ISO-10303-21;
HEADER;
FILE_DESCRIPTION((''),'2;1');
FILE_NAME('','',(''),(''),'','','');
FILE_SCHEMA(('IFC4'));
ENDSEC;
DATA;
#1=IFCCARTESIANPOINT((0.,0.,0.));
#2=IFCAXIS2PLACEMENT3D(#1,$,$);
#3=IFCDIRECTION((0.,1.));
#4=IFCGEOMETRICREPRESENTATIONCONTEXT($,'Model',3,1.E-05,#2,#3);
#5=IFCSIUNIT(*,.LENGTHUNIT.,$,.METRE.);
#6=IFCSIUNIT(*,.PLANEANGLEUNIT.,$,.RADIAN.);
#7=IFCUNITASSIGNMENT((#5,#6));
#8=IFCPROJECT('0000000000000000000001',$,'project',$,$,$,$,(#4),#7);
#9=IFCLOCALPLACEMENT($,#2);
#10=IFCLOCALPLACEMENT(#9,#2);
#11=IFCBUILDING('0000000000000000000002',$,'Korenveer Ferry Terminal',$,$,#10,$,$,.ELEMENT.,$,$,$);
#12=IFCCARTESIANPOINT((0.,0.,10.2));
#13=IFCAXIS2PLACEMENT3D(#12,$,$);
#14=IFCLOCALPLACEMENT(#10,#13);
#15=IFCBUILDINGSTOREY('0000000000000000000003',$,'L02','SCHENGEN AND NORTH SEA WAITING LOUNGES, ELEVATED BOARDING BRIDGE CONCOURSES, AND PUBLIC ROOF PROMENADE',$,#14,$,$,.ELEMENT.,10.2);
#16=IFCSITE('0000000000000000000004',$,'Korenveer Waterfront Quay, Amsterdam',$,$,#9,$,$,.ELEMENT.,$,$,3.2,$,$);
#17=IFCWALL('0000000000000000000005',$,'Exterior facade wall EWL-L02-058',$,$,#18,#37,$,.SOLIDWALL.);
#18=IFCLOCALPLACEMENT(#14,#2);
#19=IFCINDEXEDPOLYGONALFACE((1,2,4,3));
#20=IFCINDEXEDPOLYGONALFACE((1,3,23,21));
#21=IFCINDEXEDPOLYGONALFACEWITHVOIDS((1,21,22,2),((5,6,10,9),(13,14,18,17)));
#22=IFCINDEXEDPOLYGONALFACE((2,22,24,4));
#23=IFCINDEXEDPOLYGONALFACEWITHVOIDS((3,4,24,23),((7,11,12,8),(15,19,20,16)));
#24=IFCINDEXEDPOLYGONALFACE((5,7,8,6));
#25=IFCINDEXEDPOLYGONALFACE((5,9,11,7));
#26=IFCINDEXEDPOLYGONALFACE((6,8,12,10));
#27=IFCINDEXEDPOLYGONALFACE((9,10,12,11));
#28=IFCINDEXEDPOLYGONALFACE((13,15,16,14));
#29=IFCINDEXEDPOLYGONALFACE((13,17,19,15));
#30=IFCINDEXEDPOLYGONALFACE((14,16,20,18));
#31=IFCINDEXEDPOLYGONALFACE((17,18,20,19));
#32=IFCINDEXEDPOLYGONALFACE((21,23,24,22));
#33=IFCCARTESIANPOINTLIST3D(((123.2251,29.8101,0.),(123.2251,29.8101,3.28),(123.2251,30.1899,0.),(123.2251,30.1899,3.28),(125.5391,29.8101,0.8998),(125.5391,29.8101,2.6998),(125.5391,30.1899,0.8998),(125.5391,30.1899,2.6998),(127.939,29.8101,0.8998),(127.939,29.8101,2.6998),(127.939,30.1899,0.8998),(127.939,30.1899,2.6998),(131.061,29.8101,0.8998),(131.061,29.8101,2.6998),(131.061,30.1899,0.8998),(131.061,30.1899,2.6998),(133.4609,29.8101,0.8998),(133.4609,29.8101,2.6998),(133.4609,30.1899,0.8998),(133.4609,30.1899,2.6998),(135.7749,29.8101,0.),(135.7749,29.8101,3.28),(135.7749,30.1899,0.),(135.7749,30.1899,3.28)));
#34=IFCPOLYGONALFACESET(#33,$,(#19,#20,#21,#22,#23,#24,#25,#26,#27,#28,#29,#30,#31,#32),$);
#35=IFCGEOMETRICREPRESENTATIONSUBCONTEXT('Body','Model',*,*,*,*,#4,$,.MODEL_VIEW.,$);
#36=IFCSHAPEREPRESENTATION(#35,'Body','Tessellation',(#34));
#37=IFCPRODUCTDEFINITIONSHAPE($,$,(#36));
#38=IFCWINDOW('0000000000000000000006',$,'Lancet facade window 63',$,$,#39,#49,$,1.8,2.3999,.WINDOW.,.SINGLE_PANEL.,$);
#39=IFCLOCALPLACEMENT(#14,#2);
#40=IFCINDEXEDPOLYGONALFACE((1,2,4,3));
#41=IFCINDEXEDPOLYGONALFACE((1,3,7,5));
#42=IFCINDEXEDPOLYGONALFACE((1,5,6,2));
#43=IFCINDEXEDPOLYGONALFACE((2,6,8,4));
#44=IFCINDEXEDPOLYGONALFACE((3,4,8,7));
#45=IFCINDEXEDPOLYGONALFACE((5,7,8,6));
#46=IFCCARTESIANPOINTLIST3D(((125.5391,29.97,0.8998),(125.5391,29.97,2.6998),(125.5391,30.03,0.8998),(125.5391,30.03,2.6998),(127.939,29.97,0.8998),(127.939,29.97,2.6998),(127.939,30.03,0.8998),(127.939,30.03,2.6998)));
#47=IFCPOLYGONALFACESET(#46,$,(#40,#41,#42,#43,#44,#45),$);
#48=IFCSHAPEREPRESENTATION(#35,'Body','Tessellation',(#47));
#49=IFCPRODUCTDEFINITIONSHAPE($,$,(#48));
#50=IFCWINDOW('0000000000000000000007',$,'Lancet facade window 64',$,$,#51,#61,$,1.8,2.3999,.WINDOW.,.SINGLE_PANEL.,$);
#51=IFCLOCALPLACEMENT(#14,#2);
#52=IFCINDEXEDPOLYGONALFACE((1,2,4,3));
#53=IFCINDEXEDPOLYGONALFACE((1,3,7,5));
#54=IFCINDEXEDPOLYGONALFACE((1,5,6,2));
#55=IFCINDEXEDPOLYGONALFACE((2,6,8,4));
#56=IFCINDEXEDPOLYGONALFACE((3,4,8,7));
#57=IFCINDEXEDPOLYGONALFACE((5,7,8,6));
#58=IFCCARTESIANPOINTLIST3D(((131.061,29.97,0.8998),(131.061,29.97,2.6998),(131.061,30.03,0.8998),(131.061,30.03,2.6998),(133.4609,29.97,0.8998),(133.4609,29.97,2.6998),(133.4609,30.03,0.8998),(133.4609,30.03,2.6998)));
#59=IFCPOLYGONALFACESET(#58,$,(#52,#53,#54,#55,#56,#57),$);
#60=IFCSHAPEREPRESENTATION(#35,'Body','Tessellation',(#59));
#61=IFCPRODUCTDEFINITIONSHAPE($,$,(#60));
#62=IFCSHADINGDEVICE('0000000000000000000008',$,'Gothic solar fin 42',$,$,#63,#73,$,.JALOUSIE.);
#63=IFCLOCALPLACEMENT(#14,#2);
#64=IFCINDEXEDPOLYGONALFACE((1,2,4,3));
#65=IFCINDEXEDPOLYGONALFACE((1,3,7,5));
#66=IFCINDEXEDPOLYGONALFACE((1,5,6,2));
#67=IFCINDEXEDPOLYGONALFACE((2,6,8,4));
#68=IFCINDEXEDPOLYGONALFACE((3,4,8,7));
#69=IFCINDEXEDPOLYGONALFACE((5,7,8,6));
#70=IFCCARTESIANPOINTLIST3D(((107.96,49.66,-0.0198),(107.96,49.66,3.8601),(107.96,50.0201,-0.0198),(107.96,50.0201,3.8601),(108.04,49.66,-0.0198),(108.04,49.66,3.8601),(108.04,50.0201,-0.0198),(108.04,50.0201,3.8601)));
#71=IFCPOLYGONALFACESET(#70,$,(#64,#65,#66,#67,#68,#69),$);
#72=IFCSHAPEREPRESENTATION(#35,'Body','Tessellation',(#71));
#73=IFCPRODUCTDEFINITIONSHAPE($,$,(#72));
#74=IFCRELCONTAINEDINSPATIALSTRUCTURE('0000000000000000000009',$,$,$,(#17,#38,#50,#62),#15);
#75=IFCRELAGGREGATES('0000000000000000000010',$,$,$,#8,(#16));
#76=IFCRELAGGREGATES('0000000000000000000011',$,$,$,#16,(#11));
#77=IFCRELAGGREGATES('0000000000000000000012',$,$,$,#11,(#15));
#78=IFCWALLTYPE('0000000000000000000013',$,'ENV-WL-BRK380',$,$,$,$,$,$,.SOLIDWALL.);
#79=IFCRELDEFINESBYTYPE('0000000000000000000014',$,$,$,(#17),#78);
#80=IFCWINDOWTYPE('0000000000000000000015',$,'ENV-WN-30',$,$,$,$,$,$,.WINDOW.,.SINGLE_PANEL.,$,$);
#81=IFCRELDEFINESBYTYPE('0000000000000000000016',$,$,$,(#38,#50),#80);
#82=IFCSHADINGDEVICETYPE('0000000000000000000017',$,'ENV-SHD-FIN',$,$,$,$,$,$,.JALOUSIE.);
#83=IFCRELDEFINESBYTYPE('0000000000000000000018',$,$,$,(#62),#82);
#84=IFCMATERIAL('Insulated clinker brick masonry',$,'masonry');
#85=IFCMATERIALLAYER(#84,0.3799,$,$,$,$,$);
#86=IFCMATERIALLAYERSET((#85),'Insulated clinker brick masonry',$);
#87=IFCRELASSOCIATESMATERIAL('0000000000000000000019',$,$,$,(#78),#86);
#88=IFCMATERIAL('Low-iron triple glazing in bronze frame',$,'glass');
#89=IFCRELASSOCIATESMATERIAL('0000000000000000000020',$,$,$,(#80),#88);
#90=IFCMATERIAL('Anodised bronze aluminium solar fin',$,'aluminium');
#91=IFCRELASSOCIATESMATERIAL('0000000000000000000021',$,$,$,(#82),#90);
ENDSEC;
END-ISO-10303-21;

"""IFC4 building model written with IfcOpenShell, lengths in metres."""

from ifc_helpers import new_model, si_unit, direction, frame, frame_2d, origin, origin_2d, place, context, subcontext, project, spatial, rectangle, extrude, material, layer, layer_set, type_object, element, fill, save


model = new_model("IFC4")

# Units and contexts
model_context = context("Model", 3, precision=1e-05, world=origin(), true_north=direction((0.0, 1.0)))
body_context = subcontext(model_context, "Body", "Model", "MODEL_VIEW")
ifc_project = project(units=[si_unit("LENGTHUNIT", "METRE"), si_unit("PLANEANGLEUNIT", "RADIAN")], contexts=[model_context])

# Site, building, storey
site_placement = place(None, origin())
site = spatial("IfcSite", under=ifc_project, at=site_placement, Name="Korenveer Waterfront Quay, Amsterdam", CompositionType="ELEMENT", RefElevation=3.2)
building_placement = place(site_placement, origin())
building = spatial("IfcBuilding", under=site, at=building_placement, Name="Korenveer Ferry Terminal", CompositionType="ELEMENT")
storey_placement = place(building_placement, frame((0.0, 0.0, 10.2)))
storey = spatial("IfcBuildingStorey", under=building, at=storey_placement, Name="L02", Description="SCHENGEN AND NORTH SEA WAITING LOUNGES, ELEVATED BOARDING BRIDGE CONCOURSES, AND PUBLIC ROOF PROMENADE", CompositionType="ELEMENT", Elevation=10.2)

# Wall, openings, windows
ifc_material_1 = material(Name="Insulated clinker brick masonry", Category="masonry")
ifc_layer_1 = layer(ifc_material_1, 0.3799)
ifc_layer_set_1 = layer_set([ifc_layer_1], Name="Insulated clinker brick masonry")
wall_type = type_object("IfcWallType", Name="ENV-WL-BRK380", PredefinedType="SOLIDWALL", material=ifc_layer_set_1)
wall_placement = place(storey_placement, frame((123.2251, 30.0, 0.0), z_axis=(0.0, 0.0, 1.0), x_axis=(1.0, 0.0, 0.0)))
wall = element("IfcWall", 1, at=wall_placement, inside=storey, type_object=wall_type, Name="Exterior facade wall EWL-L02-058", PredefinedType="SOLIDWALL", context=body_context, shape_type="SweptSolid", body=[
    extrude(rectangle(XDim=12.5498, YDim=0.3799, at=frame_2d((6.2749, 0.0))), origin(), (0.0, 0.0, 1.0), 3.28),
])
opening_1_placement = place(wall_placement, frame((2.314, 0.0, 0.8999)))
opening_1 = element("IfcOpeningElement", 2, at=opening_1_placement, cuts=wall, PredefinedType="OPENING", context=body_context, shape_type="SweptSolid", body=[
    extrude(rectangle(XDim=2.3999, YDim=1.8, at=frame_2d((1.2, 0.8999))), frame((0.0, 0.2, 0.0), z_axis=(0.0, -1.0, 0.0), x_axis=(1.0, 0.0, 0.0)), (0.0, 0.0, 1.0), 0.3999),
])
opening_2_placement = place(wall_placement, frame((7.8359, 0.0, 0.8999)))
opening_2 = element("IfcOpeningElement", 3, at=opening_2_placement, cuts=wall, PredefinedType="OPENING", context=body_context, shape_type="SweptSolid", body=[
    extrude(rectangle(XDim=2.3999, YDim=1.8, at=frame_2d((1.2, 0.8999))), frame((0.0, 0.2, 0.0), z_axis=(0.0, -1.0, 0.0), x_axis=(1.0, 0.0, 0.0)), (0.0, 0.0, 1.0), 0.3999),
])
ifc_material_2 = material(Name="Low-iron triple glazing in bronze frame", Category="glass")
window_type = type_object("IfcWindowType", Name="ENV-WN-30", PartitioningType="SINGLE_PANEL", PredefinedType="WINDOW", material=ifc_material_2)
window_1_placement = place(opening_1_placement, origin())
window_1 = element("IfcWindow", 4, at=window_1_placement, inside=storey, type_object=window_type, Name="Lancet facade window 63", OverallHeight=1.8, OverallWidth=2.3999, PartitioningType="SINGLE_PANEL", PredefinedType="WINDOW", context=body_context, shape_type="SweptSolid", body=[
    extrude(rectangle(XDim=2.3999, YDim=1.8, at=frame_2d((1.2, 0.8999))), frame((0.0, 0.03, 0.0), z_axis=(0.0, -1.0, 0.0), x_axis=(1.0, 0.0, 0.0)), (0.0, 0.0, 1.0), 0.0601),
])
fill(opening_1, window_1)
window_2_placement = place(opening_2_placement, origin())
window_2 = element("IfcWindow", 5, at=window_2_placement, inside=storey, type_object=window_type, Name="Lancet facade window 64", OverallHeight=1.8, OverallWidth=2.3999, PartitioningType="SINGLE_PANEL", PredefinedType="WINDOW", context=body_context, shape_type="SweptSolid", body=[
    extrude(rectangle(XDim=2.3999, YDim=1.8, at=frame_2d((1.2, 0.8999))), frame((0.0, 0.03, 0.0), z_axis=(0.0, -1.0, 0.0), x_axis=(1.0, 0.0, 0.0)), (0.0, 0.0, 1.0), 0.0601),
])
fill(opening_2, window_2)

# Shading device
ifc_material_3 = material(Name="Anodised bronze aluminium solar fin", Category="aluminium")
shading_device_type = type_object("IfcShadingDeviceType", Name="ENV-SHD-FIN", PredefinedType="JALOUSIE", material=ifc_material_3)
shading_device_placement = place(storey_placement, frame((108.0, 49.8401, -0.0198), z_axis=(0.0, 0.0, 1.0), x_axis=(0.0, 1.0, 0.0)))
element("IfcShadingDevice", 6, at=shading_device_placement, inside=storey, type_object=shading_device_type, Name="Gothic solar fin 42", PredefinedType="JALOUSIE", context=body_context, shape_type="SweptSolid", body=[
    extrude(rectangle(XDim=0.3601, YDim=0.0801, at=origin_2d()), origin(), (0.0, 0.0, 1.0), 3.8799),
])

save(model, "model.ifc")
